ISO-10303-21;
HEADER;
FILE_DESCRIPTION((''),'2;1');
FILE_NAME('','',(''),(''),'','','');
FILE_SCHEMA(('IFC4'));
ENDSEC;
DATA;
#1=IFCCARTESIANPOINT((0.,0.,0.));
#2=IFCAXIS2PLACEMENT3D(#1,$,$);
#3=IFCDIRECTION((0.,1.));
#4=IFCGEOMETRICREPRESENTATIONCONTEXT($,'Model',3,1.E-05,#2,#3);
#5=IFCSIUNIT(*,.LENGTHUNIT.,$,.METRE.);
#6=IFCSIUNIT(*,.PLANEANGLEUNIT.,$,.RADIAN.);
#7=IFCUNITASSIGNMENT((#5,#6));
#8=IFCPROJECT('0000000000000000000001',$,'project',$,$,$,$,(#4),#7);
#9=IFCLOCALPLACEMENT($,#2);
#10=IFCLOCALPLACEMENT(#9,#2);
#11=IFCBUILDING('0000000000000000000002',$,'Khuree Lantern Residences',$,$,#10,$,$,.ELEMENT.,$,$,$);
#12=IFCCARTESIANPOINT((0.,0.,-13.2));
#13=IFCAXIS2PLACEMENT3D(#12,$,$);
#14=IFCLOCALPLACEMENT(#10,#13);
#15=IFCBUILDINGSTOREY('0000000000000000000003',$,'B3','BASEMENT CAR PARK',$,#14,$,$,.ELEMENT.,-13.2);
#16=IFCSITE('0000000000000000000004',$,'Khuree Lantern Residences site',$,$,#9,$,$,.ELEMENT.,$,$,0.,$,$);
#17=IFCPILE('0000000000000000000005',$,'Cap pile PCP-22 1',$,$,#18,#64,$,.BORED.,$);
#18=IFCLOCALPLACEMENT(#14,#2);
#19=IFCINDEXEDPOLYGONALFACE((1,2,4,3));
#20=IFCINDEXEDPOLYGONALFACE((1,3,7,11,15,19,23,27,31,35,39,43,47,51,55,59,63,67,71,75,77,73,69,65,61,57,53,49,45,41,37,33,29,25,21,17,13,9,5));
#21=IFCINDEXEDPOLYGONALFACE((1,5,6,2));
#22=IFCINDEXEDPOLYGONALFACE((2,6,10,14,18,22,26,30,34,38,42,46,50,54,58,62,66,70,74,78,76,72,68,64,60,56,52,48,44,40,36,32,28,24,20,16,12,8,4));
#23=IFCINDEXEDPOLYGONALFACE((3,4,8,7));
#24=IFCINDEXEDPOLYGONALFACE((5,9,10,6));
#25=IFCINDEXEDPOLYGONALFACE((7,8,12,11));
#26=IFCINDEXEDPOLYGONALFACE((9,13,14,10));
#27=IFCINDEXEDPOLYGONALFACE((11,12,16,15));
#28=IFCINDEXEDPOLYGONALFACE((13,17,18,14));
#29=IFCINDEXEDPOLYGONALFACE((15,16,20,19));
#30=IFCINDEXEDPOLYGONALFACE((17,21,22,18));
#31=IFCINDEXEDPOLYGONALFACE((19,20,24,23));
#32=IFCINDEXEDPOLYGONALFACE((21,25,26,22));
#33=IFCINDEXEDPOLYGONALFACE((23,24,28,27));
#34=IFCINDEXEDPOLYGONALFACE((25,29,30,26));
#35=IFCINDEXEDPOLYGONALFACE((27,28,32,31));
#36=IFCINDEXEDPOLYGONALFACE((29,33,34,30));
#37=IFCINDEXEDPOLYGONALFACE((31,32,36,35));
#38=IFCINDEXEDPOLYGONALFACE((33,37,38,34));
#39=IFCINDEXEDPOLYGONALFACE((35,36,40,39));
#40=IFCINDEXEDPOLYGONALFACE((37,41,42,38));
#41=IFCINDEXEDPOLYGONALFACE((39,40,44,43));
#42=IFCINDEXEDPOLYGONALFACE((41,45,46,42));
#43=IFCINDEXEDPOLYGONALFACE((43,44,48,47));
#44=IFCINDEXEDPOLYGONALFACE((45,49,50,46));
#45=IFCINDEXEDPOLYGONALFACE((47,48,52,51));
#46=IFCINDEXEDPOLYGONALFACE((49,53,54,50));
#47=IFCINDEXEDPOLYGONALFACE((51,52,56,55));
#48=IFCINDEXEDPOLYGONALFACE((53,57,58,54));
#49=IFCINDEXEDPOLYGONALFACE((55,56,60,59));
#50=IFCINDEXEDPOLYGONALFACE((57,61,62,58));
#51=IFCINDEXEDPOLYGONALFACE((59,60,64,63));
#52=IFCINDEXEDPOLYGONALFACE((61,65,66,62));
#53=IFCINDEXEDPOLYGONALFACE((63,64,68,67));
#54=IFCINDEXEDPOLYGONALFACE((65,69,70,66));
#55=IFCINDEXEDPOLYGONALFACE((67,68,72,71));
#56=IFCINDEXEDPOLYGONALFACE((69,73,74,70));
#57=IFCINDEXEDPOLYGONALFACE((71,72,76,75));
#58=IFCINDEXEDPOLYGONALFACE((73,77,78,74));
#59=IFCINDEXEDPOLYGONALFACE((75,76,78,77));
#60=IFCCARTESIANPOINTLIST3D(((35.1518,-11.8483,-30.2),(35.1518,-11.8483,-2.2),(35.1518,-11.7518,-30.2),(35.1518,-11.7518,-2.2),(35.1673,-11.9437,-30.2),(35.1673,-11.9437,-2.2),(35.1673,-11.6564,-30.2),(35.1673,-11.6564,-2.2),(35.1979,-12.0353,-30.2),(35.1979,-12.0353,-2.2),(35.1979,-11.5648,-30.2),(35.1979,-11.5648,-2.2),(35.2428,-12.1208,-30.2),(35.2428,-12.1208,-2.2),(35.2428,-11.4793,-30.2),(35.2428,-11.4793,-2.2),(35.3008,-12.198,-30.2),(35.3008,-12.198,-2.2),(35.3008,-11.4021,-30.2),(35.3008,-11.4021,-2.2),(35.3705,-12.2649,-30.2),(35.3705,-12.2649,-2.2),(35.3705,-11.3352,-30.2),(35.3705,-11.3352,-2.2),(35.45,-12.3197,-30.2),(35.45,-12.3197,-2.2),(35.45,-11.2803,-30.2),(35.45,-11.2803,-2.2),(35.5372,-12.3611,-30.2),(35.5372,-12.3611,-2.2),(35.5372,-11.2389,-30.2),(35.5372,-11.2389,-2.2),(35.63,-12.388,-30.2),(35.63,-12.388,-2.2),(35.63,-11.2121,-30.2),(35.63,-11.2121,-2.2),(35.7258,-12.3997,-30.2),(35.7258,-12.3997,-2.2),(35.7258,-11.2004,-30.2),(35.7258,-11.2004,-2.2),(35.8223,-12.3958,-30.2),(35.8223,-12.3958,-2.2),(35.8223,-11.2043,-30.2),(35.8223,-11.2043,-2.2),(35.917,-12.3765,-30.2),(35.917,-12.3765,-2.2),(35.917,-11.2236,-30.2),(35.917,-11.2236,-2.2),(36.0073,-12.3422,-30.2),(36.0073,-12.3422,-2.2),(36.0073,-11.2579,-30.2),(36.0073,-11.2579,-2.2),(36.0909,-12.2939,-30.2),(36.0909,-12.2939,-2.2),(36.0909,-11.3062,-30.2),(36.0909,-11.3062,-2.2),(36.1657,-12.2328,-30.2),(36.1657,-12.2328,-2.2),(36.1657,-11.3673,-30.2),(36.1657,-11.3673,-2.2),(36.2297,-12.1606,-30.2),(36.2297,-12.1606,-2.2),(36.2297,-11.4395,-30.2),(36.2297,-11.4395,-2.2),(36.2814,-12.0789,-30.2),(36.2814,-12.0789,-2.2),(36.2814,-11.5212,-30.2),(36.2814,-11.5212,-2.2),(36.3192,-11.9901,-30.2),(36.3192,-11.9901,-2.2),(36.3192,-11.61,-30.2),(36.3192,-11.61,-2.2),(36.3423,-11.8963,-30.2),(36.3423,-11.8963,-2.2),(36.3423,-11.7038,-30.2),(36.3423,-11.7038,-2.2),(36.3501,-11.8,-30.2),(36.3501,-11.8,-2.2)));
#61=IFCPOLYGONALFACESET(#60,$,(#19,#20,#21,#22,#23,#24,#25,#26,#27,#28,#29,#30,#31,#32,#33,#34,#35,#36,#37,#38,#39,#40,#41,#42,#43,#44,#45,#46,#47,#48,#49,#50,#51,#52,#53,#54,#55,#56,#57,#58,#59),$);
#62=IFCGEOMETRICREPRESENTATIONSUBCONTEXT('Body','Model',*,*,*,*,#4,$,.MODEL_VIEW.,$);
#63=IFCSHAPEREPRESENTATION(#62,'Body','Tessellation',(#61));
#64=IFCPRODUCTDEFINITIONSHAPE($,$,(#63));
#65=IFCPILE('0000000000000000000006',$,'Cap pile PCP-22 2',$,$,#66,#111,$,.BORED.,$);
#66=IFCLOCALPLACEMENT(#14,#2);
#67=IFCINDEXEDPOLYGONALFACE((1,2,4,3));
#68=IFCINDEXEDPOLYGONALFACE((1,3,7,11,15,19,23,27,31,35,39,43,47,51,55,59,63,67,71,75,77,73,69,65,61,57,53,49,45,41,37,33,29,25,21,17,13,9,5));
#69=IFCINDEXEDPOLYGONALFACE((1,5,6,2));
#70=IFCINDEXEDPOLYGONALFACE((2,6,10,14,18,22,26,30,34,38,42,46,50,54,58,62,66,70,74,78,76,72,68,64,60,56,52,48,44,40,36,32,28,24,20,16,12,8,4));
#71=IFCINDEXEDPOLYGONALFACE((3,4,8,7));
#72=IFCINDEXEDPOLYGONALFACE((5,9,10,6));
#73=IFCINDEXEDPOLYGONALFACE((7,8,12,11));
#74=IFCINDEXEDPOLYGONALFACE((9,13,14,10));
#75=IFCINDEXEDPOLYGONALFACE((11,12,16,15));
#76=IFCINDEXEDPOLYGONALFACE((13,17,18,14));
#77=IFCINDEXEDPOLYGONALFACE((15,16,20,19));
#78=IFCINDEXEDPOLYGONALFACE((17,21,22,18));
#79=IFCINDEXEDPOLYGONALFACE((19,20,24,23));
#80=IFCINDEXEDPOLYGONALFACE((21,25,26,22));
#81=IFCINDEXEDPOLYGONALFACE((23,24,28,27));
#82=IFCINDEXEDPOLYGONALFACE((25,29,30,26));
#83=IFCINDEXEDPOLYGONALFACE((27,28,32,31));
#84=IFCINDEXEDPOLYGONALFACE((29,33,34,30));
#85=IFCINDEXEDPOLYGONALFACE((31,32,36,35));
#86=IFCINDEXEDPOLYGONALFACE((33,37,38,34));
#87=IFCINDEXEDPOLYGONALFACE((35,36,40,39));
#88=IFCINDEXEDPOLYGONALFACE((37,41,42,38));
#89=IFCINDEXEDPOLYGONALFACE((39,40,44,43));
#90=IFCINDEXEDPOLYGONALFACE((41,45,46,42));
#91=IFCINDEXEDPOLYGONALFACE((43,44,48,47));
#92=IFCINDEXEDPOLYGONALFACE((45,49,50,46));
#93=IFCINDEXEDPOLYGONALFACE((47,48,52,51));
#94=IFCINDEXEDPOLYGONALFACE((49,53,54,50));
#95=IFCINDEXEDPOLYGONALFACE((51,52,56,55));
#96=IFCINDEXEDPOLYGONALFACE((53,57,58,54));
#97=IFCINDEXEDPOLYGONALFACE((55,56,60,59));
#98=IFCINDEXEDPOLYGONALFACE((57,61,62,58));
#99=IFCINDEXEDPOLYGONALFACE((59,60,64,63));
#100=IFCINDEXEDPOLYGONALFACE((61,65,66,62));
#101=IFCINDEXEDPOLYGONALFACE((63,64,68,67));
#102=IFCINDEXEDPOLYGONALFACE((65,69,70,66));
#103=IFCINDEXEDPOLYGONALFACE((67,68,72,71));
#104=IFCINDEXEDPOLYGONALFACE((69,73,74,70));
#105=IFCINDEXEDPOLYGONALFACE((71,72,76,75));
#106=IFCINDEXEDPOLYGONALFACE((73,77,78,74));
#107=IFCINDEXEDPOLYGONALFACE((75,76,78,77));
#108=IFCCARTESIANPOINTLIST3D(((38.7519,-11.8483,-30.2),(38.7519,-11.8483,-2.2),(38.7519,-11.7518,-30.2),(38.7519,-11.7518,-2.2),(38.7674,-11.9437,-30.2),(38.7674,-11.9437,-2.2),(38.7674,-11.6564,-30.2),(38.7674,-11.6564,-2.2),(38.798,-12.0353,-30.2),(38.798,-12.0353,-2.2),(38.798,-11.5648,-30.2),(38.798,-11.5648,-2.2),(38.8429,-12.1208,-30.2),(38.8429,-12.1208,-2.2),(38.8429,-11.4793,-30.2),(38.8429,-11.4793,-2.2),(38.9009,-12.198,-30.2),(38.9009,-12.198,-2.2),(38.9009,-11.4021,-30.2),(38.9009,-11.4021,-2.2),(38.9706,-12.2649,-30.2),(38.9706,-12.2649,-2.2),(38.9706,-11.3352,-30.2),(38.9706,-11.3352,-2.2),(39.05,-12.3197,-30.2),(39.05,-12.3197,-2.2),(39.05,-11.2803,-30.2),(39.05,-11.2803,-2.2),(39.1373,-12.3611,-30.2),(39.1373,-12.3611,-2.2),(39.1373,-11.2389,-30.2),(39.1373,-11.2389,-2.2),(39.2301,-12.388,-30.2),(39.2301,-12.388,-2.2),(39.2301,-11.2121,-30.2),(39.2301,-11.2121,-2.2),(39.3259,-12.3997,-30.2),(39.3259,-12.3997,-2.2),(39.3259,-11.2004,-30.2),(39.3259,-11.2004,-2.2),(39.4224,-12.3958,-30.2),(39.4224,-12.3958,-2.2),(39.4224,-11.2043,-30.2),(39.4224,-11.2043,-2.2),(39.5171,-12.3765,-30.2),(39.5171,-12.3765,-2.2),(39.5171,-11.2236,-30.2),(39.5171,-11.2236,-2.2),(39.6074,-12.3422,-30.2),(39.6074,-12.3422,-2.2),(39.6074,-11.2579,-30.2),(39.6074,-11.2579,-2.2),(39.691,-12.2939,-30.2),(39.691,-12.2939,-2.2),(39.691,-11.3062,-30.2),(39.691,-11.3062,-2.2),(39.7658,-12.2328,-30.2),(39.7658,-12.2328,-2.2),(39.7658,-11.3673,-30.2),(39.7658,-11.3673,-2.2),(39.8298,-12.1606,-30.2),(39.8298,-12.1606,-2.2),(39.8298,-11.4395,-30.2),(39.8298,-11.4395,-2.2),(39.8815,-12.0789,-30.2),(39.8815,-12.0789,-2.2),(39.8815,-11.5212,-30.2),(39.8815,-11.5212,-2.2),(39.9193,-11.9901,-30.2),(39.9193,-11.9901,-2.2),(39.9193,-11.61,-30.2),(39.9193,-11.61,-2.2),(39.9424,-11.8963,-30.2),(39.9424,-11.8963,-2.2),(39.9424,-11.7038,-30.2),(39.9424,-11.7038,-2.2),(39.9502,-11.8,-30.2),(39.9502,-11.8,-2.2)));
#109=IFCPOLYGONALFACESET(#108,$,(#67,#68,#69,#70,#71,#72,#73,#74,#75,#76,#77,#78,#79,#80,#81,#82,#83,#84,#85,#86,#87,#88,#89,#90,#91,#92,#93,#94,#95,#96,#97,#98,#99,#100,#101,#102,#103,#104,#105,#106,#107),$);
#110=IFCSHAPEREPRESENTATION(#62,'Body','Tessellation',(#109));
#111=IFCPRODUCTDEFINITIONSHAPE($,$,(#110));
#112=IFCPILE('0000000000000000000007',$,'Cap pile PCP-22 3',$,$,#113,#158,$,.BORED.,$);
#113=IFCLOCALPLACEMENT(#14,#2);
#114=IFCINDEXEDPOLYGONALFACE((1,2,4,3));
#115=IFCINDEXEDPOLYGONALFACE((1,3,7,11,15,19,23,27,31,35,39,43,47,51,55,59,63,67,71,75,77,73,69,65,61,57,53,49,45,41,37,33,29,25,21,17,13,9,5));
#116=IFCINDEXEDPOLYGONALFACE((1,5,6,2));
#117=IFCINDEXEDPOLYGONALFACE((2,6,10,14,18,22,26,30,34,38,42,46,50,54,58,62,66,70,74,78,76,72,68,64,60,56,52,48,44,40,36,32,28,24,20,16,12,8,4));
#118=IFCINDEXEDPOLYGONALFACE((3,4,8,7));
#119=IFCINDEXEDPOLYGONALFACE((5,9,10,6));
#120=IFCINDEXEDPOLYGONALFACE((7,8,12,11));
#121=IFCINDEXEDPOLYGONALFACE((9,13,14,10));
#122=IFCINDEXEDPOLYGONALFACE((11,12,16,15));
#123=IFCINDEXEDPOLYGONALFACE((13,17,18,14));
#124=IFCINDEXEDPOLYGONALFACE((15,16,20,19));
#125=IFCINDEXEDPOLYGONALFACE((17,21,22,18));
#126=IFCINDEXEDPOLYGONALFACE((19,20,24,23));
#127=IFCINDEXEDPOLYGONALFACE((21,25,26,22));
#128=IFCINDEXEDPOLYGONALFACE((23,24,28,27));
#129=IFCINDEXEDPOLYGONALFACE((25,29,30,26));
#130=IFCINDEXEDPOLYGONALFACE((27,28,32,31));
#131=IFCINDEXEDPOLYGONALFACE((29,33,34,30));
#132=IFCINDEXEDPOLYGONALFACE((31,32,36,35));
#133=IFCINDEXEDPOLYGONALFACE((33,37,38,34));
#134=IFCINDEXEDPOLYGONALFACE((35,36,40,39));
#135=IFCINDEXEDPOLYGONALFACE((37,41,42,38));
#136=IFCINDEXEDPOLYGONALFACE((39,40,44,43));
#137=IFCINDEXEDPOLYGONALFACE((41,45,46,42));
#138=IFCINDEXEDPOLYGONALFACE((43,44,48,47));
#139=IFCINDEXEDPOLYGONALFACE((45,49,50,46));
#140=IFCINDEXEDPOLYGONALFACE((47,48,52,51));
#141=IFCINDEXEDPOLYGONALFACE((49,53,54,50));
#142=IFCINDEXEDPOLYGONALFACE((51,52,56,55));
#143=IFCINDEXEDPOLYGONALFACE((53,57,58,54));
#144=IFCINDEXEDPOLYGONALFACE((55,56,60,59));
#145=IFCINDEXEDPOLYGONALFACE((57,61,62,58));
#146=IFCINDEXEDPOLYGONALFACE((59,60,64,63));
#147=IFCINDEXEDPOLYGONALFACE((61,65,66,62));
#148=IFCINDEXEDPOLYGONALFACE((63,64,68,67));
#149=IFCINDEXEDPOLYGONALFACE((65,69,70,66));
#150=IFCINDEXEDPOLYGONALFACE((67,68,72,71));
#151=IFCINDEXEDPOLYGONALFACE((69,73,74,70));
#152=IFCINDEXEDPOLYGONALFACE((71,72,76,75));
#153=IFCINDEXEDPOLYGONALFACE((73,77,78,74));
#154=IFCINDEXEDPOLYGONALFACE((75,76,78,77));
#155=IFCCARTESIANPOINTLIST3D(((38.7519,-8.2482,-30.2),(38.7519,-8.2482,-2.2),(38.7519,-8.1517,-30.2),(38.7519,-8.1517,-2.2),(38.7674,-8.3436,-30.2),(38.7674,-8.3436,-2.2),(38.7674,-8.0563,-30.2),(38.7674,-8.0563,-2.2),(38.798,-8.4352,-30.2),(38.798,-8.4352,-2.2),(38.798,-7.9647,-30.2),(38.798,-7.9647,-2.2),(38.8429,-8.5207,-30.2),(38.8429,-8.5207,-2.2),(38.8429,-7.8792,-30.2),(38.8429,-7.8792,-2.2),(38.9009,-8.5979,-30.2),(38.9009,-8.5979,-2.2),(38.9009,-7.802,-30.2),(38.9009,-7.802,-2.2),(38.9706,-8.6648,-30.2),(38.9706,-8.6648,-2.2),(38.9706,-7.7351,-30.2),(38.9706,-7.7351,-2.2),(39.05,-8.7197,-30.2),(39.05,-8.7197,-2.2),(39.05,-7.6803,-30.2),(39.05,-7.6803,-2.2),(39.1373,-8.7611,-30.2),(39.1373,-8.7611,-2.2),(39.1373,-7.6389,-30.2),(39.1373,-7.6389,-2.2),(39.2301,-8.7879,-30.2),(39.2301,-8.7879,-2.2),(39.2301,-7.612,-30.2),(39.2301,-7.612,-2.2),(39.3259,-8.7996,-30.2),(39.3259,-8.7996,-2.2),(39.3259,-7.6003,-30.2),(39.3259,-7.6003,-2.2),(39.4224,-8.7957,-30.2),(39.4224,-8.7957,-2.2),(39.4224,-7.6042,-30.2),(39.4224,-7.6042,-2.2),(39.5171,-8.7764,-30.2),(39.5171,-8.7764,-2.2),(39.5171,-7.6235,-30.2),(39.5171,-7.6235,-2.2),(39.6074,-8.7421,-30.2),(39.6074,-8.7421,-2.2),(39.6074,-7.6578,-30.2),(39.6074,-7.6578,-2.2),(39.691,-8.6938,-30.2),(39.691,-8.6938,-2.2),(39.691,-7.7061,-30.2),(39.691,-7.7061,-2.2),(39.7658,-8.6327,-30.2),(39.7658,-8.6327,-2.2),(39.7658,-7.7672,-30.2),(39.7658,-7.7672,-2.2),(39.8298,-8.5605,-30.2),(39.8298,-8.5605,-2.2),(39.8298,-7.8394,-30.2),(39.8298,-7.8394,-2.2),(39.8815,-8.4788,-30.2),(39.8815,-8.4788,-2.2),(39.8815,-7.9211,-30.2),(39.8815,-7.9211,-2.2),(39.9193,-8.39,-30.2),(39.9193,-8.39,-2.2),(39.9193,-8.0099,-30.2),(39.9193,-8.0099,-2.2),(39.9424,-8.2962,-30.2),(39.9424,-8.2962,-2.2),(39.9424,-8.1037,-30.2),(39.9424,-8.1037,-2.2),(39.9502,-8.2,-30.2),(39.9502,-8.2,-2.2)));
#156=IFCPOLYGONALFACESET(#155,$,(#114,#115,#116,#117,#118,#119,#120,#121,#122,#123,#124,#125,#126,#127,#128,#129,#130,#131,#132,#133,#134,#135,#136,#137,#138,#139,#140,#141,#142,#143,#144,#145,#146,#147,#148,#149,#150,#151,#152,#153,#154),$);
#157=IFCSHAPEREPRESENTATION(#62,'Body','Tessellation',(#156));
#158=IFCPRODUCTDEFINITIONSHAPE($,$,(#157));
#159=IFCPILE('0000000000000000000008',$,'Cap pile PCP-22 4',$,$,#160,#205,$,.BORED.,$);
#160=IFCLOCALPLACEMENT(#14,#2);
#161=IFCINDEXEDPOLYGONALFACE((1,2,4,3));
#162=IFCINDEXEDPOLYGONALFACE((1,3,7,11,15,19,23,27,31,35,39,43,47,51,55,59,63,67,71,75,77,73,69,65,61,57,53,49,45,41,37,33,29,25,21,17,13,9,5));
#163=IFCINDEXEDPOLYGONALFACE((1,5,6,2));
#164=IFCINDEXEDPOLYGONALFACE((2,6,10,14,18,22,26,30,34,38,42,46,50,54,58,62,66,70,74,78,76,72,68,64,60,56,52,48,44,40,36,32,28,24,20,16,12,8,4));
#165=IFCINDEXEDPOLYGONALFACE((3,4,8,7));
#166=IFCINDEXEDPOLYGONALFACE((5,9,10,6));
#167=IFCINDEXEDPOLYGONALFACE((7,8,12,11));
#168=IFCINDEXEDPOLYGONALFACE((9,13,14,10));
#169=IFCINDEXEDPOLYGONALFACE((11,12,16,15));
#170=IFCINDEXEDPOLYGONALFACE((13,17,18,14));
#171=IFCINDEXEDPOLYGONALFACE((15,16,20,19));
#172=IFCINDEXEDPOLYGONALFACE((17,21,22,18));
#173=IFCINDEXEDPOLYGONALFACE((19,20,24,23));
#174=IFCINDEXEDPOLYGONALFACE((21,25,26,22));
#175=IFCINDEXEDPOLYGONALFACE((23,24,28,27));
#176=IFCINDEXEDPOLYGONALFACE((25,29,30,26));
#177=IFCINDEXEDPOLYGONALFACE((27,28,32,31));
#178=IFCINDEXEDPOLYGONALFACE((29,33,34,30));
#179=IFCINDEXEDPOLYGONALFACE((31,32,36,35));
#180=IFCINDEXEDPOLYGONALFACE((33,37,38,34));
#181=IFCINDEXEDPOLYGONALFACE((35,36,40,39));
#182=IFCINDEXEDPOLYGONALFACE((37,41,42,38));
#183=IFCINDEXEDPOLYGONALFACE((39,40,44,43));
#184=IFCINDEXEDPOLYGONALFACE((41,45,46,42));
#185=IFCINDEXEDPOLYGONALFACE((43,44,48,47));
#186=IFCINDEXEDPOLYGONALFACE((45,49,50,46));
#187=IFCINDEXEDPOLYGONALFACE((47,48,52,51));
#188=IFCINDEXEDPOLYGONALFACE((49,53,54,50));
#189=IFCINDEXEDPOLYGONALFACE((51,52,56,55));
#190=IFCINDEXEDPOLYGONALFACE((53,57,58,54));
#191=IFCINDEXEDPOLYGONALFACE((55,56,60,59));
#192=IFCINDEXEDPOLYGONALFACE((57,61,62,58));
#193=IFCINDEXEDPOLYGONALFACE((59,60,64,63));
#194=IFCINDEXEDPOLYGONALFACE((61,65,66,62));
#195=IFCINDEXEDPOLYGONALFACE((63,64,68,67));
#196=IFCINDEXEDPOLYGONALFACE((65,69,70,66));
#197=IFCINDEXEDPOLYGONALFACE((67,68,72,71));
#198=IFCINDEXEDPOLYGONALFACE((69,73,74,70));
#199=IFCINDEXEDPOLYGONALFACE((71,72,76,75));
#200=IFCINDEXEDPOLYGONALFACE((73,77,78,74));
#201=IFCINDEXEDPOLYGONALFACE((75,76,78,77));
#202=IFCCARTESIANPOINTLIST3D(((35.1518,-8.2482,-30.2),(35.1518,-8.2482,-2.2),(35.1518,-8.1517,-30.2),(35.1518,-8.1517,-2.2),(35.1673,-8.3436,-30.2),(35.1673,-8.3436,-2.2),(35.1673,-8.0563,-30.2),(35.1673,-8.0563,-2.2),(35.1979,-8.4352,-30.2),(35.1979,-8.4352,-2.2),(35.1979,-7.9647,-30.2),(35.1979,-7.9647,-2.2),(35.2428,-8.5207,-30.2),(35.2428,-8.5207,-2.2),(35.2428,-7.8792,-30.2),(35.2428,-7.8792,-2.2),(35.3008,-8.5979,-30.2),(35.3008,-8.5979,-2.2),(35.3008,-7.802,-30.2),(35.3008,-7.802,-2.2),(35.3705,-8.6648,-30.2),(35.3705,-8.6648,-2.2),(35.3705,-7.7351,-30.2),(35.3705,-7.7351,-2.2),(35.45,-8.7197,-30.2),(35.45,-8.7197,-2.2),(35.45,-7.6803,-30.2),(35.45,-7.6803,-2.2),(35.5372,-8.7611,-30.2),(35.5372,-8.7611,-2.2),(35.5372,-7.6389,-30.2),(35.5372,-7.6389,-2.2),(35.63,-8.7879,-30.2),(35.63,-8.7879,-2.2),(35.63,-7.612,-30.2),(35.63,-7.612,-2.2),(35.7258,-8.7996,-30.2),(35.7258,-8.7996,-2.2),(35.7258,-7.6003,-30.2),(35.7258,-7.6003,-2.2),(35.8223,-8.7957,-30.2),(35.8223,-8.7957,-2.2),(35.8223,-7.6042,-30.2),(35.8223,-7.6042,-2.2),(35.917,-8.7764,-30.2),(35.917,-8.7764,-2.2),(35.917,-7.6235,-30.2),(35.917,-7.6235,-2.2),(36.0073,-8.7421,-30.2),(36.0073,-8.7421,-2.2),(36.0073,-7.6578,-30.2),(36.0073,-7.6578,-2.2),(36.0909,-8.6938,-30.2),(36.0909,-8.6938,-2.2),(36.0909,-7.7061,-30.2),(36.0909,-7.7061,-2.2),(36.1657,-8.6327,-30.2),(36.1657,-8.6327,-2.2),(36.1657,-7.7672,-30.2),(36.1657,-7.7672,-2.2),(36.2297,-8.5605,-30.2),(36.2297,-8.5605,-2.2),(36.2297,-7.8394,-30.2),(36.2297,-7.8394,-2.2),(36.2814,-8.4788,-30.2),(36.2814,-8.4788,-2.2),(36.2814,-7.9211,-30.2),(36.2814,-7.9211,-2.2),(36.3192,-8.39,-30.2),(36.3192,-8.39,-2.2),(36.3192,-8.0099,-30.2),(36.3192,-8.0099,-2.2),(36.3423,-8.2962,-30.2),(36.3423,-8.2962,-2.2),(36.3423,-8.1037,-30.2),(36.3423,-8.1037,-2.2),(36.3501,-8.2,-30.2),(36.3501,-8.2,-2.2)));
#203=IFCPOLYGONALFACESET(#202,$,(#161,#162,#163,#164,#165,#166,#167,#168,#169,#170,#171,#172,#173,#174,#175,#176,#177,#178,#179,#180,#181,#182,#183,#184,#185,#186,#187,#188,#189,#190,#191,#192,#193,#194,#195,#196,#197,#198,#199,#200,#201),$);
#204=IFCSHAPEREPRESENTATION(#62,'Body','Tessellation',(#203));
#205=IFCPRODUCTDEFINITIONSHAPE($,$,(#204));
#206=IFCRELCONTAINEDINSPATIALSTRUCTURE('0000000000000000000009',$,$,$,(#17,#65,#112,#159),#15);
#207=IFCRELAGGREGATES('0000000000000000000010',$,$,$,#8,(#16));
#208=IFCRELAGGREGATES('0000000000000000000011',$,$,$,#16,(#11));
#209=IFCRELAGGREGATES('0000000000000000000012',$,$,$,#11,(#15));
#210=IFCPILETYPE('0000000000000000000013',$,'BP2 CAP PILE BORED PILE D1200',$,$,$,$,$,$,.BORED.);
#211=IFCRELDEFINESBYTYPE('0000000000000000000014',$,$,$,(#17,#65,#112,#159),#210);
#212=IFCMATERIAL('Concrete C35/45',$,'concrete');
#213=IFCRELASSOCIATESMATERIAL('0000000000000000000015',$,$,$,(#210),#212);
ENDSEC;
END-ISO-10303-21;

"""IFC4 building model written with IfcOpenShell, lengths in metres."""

from ifc_helpers import new_model, si_unit, direction, frame, origin, origin_2d, place, context, subcontext, project, spatial, circle, extrude, material, material_profile, profile_set, type_object, element, save


model = new_model("IFC4")

# Units and contexts
model_context = context("Model", 3, precision=1e-05, world=origin(), true_north=direction((0.0, 1.0)))
body_context = subcontext(model_context, "Body", "Model", "MODEL_VIEW")
ifc_project = project(units=[si_unit("LENGTHUNIT", "METRE"), si_unit("PLANEANGLEUNIT", "RADIAN")], contexts=[model_context])

# Site, building, storey
site_placement = place(None, origin())
site = spatial("IfcSite", under=ifc_project, at=site_placement, Name="Khuree Lantern Residences site", CompositionType="ELEMENT", RefElevation=0.0)
building_placement = place(site_placement, origin())
building = spatial("IfcBuilding", under=site, at=building_placement, Name="Khuree Lantern Residences", CompositionType="ELEMENT")
storey_placement = place(building_placement, frame((0.0, 0.0, -13.2)))
storey = spatial("IfcBuildingStorey", under=building, at=storey_placement, Name="B3", Description="BASEMENT CAR PARK", CompositionType="ELEMENT", Elevation=-13.2)

# Piles
ifc_material_1 = material(Name="Concrete C35/45", Category="concrete")
ifc_material_profile_1 = material_profile(ifc_material_1, circle(Radius=0.6001, at=origin_2d()), Name="BORED PILE D1200")
ifc_profile_set_1 = profile_set([ifc_material_profile_1], Name="Concrete C35/45")
pile_type_1 = type_object("IfcPileType", Name="BP2 CAP PILE BORED PILE D1200", PredefinedType="BORED", material=ifc_profile_set_1)
for number, where, z_axis, x_axis, name in (
    (1, (35.75, -11.8, -2.2), (0.0, 0.0, -1.0), (1.0, 0.0, 0.0), "Cap pile PCP-22 1"),
    (2, (39.3501, -11.8, -2.2), (0.0, 0.0, -1.0), (1.0, 0.0, 0.0), "Cap pile PCP-22 2"),
    (3, (39.3501, -8.2, -2.2), (0.0, 0.0, -1.0), (1.0, 0.0, 0.0), "Cap pile PCP-22 3"),
    (4, (35.75, -8.2, -2.2), (0.0, 0.0, -1.0), (1.0, 0.0, 0.0), "Cap pile PCP-22 4"),
):
    element("IfcPile", number, at=place(storey_placement, frame(where, z_axis=z_axis, x_axis=x_axis)), inside=storey, type_object=pile_type_1, Name=name, PredefinedType="BORED", context=body_context, shape_type="SweptSolid", body=[
        extrude(circle(Radius=0.6001, at=origin_2d()), origin(), (0.0, 0.0, 1.0), 28.0),
    ])

save(model, "model.ifc")
